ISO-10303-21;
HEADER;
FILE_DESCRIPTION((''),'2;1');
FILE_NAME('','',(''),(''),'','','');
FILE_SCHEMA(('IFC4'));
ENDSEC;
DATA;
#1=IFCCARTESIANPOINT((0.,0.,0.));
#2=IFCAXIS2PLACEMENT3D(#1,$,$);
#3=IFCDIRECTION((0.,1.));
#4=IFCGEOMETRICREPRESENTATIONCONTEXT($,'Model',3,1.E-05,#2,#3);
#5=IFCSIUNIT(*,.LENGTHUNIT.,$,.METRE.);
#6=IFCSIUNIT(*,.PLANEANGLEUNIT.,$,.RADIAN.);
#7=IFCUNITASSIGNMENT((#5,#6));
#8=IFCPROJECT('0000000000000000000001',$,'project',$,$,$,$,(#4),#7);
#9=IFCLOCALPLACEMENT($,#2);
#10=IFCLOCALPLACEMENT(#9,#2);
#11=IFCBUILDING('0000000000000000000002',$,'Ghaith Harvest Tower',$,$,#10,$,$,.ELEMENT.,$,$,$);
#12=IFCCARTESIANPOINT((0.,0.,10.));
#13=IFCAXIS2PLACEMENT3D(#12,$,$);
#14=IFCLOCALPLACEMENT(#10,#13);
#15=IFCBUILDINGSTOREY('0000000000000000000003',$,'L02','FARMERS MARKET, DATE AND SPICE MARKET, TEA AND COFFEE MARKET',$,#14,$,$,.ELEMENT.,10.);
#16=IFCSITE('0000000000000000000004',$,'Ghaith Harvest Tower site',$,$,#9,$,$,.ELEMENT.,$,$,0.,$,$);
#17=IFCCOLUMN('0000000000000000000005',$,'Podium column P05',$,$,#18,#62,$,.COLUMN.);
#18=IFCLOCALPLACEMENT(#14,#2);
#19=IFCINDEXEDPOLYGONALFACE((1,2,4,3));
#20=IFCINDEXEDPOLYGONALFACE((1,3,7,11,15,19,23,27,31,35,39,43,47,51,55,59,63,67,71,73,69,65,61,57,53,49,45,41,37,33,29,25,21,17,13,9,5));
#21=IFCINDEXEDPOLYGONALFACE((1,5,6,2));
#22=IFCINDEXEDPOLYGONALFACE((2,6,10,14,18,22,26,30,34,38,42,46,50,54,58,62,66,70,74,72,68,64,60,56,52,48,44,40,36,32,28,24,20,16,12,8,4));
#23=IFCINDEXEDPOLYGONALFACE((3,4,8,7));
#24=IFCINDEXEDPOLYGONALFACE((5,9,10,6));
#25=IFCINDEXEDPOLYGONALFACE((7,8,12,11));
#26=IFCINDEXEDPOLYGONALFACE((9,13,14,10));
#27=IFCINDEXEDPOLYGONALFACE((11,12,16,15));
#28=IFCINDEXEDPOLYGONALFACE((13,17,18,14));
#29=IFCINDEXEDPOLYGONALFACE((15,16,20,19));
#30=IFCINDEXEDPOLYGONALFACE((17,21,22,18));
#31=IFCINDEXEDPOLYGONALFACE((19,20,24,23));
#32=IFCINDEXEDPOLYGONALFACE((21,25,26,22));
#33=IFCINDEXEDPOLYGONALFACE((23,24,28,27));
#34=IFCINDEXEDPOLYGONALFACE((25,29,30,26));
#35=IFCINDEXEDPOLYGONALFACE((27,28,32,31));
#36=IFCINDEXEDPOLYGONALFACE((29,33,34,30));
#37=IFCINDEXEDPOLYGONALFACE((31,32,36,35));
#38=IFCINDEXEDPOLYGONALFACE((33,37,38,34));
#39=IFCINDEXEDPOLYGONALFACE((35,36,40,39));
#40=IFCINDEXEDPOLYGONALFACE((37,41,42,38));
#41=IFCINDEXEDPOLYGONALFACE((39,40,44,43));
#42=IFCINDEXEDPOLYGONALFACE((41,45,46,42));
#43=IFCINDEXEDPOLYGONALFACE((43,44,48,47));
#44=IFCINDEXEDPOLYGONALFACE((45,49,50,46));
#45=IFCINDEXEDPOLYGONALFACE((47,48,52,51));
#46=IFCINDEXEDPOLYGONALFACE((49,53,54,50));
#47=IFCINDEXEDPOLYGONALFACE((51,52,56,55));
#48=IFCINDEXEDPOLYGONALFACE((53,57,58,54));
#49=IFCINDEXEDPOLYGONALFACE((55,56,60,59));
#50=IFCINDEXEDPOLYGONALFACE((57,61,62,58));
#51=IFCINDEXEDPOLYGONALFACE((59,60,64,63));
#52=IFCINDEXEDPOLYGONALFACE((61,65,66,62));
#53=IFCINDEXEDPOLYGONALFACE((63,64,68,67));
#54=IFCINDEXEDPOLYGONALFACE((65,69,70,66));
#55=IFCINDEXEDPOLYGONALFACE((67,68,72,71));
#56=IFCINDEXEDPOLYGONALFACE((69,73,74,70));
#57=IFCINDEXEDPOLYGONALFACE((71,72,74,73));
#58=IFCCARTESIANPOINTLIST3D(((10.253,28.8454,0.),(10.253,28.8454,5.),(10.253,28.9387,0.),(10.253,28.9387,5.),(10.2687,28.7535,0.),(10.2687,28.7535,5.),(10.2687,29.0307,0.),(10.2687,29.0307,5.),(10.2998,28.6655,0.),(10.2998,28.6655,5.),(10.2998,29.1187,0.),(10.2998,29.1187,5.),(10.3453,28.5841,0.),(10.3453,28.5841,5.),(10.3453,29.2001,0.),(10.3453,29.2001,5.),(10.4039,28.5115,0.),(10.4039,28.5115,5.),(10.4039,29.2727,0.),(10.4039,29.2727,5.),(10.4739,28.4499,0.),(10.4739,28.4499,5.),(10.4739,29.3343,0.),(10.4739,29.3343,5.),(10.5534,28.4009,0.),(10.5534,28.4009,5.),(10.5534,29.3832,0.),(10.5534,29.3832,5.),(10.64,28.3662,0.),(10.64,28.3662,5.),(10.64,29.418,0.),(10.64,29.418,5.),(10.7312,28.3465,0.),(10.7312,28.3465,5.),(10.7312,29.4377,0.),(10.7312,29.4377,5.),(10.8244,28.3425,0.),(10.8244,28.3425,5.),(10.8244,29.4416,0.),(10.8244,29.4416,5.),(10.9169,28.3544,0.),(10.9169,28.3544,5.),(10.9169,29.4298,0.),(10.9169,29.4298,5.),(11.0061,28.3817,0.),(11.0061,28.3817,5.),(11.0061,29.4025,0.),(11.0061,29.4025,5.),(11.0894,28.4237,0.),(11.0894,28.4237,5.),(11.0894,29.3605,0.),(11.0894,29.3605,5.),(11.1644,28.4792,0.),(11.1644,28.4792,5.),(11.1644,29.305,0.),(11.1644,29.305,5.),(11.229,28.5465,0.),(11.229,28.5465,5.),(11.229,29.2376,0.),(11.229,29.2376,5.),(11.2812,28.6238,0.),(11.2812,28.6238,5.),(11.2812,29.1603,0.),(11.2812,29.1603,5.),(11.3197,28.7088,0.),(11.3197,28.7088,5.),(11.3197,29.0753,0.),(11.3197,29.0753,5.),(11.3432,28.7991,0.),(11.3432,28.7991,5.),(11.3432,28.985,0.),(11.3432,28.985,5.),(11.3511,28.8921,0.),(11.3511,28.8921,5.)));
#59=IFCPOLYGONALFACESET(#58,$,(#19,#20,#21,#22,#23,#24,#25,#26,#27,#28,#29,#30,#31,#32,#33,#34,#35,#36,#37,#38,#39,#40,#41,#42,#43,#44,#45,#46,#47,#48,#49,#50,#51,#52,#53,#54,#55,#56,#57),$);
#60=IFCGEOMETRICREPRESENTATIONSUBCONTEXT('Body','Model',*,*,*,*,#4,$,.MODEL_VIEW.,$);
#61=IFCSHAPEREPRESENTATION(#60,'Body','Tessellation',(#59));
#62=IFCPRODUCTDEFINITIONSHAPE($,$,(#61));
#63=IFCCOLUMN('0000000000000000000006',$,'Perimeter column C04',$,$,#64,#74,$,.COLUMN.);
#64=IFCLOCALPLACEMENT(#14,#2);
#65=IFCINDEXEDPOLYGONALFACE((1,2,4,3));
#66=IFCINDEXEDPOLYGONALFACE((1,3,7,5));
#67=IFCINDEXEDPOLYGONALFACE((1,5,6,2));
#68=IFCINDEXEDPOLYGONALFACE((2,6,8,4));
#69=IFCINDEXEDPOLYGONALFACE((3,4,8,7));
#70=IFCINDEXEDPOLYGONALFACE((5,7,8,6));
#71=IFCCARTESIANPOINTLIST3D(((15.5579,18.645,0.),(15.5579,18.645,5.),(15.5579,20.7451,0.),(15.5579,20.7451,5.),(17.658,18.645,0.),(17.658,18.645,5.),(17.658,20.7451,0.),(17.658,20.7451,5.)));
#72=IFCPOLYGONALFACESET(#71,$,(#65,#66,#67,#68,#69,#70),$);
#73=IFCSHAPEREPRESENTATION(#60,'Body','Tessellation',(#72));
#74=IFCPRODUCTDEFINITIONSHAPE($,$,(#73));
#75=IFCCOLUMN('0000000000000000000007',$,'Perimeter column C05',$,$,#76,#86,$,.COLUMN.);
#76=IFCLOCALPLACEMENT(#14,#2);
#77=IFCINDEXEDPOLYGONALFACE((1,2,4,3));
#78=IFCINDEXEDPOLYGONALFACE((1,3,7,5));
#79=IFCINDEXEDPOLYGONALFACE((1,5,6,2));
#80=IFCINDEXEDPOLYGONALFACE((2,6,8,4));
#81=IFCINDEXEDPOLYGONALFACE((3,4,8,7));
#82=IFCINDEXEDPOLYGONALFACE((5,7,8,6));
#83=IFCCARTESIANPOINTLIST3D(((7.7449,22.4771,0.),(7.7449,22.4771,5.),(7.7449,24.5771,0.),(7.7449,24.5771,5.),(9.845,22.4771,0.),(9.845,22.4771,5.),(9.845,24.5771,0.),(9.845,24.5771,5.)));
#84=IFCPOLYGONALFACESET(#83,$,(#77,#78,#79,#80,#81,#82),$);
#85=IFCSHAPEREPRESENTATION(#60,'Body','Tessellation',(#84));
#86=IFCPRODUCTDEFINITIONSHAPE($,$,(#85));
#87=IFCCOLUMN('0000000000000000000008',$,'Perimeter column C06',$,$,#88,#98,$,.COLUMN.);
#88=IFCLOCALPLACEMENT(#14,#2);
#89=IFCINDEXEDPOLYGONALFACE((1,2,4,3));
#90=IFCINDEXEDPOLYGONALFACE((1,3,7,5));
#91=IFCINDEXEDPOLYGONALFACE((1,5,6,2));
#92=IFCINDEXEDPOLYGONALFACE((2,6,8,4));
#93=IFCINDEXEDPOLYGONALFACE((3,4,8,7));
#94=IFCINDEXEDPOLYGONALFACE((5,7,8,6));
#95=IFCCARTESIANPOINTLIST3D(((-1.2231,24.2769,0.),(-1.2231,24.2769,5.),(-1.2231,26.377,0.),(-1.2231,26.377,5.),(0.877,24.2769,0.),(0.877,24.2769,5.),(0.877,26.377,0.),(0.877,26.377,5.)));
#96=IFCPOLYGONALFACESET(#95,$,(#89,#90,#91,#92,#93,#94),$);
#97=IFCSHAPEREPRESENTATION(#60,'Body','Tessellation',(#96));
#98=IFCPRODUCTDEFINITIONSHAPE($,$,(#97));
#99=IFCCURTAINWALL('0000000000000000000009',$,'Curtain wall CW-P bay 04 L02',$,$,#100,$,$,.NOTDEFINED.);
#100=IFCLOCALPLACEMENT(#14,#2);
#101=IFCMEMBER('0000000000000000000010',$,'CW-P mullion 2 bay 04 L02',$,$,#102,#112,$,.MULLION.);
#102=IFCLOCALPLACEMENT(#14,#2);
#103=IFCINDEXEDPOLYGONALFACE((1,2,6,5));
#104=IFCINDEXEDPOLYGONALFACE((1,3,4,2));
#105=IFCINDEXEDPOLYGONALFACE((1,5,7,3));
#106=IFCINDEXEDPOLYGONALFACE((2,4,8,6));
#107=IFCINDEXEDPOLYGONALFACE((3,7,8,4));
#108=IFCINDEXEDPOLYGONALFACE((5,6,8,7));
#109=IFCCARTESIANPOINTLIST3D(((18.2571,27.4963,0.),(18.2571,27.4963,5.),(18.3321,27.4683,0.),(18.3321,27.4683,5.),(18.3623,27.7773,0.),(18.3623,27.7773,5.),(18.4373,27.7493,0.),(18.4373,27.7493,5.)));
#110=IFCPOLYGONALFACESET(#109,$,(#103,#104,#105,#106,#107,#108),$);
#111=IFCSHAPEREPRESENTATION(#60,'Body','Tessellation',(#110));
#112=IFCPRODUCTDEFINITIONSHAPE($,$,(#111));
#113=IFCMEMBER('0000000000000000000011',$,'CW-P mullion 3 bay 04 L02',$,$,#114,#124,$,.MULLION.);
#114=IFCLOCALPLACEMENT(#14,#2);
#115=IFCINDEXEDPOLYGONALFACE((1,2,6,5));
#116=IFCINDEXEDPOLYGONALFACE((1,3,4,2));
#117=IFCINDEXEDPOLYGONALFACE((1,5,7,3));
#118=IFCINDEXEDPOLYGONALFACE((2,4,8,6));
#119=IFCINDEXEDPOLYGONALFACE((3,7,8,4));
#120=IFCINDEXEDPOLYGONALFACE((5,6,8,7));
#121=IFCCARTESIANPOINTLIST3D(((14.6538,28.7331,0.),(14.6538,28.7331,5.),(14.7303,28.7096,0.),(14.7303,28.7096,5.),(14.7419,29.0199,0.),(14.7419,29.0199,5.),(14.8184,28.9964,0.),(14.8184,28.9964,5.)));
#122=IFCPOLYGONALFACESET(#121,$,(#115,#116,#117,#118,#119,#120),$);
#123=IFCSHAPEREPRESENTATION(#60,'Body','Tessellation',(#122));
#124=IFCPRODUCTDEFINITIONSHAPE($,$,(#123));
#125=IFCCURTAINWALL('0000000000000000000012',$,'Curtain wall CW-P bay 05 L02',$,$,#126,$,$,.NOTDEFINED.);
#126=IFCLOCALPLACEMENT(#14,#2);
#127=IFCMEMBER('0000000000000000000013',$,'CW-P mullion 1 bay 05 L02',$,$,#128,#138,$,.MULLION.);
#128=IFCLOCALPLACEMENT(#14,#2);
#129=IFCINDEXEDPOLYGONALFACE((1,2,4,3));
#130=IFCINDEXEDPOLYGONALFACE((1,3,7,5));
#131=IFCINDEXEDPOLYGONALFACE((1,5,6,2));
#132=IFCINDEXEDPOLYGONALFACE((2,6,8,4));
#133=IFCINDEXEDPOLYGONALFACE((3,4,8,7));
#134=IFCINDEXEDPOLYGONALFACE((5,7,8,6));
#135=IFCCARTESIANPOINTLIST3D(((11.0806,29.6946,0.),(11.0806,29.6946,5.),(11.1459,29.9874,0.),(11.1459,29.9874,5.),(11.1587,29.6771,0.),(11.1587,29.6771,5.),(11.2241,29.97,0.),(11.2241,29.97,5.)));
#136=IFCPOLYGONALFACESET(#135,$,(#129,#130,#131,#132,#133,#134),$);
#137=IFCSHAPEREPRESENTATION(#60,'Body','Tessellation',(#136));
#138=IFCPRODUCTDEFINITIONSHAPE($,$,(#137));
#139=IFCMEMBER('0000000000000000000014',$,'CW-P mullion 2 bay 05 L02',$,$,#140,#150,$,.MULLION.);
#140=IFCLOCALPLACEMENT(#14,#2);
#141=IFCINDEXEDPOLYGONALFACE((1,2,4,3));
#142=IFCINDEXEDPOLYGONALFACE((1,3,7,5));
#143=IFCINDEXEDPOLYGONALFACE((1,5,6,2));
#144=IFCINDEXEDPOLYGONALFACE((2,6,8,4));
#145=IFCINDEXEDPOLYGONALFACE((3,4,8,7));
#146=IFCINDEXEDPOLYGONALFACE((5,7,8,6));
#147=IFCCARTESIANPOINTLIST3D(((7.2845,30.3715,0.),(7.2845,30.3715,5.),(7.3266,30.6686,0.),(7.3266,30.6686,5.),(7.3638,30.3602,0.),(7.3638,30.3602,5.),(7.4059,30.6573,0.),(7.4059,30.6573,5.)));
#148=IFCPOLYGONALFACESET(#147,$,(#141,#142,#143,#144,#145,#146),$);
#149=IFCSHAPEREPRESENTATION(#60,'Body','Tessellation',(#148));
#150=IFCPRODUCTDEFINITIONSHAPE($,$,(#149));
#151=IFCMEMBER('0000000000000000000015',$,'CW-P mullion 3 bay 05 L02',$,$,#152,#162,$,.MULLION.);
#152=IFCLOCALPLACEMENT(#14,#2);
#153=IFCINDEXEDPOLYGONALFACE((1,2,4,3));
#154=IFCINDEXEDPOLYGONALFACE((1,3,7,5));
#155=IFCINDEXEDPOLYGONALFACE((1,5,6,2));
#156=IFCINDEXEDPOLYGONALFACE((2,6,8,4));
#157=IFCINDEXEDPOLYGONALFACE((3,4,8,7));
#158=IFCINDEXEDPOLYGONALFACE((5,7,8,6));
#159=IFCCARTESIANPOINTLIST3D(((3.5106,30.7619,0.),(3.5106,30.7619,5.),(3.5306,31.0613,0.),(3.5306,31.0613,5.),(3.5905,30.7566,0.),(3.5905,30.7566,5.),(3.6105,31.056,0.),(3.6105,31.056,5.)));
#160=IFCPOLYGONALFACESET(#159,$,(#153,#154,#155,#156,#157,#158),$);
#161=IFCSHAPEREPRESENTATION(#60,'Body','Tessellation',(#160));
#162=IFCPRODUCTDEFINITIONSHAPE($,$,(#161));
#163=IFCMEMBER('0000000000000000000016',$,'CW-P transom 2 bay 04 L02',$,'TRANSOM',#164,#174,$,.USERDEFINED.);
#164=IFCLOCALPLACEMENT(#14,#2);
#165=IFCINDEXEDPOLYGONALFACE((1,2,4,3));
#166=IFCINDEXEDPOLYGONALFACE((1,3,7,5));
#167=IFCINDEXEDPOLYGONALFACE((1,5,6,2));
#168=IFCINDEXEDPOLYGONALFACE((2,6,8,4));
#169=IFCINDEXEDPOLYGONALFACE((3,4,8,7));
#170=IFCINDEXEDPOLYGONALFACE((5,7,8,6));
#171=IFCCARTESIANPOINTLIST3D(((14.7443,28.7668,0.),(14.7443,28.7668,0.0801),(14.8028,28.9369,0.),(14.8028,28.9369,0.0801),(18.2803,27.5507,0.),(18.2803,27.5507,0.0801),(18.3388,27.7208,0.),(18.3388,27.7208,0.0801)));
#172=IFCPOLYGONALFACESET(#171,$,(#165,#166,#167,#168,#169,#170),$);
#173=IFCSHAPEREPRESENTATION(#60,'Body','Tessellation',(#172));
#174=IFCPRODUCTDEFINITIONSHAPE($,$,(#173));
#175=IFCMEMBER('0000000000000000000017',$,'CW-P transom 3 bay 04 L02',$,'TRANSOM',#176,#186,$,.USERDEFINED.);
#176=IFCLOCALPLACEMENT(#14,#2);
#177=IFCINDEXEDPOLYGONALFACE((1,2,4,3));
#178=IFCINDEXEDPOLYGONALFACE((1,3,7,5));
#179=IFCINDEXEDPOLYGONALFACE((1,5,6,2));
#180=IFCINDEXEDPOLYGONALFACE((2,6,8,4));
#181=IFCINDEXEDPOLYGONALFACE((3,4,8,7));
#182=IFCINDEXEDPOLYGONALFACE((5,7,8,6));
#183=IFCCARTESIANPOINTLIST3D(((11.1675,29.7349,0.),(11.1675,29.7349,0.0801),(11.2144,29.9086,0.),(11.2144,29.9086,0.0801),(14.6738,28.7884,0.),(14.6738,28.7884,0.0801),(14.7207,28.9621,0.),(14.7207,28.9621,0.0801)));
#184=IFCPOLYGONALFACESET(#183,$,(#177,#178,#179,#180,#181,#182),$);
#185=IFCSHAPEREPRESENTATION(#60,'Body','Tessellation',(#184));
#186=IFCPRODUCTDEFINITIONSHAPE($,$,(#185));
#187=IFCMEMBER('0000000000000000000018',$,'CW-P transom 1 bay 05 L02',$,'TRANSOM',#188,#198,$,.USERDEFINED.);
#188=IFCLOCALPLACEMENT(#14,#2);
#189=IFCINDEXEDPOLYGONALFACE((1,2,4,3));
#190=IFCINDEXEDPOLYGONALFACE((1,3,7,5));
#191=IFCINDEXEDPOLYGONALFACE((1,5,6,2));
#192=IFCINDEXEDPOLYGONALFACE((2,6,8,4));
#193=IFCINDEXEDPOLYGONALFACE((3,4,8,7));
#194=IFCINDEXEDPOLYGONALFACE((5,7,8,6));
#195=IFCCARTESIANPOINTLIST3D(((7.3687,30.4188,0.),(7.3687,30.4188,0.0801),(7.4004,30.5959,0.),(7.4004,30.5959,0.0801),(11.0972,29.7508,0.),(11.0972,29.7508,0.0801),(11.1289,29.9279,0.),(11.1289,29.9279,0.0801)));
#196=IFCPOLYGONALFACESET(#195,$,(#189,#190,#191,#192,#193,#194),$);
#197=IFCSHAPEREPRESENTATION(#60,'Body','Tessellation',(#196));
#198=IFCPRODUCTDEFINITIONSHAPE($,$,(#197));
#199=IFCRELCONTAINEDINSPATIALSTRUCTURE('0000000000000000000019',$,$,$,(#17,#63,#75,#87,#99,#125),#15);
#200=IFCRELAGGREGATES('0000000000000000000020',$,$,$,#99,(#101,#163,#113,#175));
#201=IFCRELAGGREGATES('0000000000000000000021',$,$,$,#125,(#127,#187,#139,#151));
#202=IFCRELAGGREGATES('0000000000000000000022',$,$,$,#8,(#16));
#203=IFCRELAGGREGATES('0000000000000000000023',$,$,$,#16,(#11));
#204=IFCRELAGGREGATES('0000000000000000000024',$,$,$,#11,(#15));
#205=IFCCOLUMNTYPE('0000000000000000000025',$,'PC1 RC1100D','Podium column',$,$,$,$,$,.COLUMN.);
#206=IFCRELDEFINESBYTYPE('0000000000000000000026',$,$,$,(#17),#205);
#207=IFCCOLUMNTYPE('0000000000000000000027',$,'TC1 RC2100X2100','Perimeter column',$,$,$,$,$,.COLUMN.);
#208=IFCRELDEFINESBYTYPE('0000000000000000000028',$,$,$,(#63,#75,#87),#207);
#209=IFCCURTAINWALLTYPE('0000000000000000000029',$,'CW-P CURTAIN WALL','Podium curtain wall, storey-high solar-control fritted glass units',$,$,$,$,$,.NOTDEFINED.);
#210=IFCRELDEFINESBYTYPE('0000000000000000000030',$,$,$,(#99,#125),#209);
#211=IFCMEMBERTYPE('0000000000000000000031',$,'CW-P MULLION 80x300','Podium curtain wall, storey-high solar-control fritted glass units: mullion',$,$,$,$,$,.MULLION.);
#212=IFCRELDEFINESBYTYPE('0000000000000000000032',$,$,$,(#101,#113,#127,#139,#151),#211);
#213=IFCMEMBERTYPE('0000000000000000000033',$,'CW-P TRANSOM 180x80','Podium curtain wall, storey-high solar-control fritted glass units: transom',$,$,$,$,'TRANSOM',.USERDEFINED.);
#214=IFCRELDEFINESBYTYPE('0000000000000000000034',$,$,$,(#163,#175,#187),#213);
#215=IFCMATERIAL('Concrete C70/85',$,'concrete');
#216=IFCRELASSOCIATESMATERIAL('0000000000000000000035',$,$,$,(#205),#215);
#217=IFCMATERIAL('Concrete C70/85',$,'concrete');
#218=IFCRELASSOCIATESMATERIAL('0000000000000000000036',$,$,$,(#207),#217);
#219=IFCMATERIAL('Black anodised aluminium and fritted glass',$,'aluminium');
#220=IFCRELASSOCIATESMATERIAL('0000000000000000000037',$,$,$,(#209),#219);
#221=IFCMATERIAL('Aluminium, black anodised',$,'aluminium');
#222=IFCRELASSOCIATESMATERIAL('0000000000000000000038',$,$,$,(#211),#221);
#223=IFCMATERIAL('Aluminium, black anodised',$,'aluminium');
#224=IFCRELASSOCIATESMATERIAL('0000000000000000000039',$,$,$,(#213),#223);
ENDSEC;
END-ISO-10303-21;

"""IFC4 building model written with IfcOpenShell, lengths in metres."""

from ifc_helpers import new_model, si_unit, direction, frame, origin, origin_2d, place, context, subcontext, project, spatial, rectangle, circle, extrude, material, material_profile, profile_set, type_object, element, aggregate, save


model = new_model("IFC4")

# Units and contexts
model_context = context("Model", 3, precision=1e-05, world=origin(), true_north=direction((0.0, 1.0)))
body_context = subcontext(model_context, "Body", "Model", "MODEL_VIEW")
ifc_project = project(units=[si_unit("LENGTHUNIT", "METRE"), si_unit("PLANEANGLEUNIT", "RADIAN")], contexts=[model_context])

# Site, building, storey
site_placement = place(None, origin())
site = spatial("IfcSite", under=ifc_project, at=site_placement, Name="Ghaith Harvest Tower site", CompositionType="ELEMENT", RefElevation=0.0)
building_placement = place(site_placement, origin())
building = spatial("IfcBuilding", under=site, at=building_placement, Name="Ghaith Harvest Tower", CompositionType="ELEMENT")
storey_placement = place(building_placement, frame((0.0, 0.0, 10.0)))
storey = spatial("IfcBuildingStorey", under=building, at=storey_placement, Name="L02", Description="FARMERS MARKET, DATE AND SPICE MARKET, TEA AND COFFEE MARKET", CompositionType="ELEMENT", Elevation=10.0)

# Columns
ifc_material_1 = material(Name="Concrete C70/85", Category="concrete")
ifc_material_profile_1 = material_profile(ifc_material_1, circle(Radius=0.55, at=origin_2d()), Name="RC1100D")
ifc_profile_set_1 = profile_set([ifc_material_profile_1], Name="Concrete C70/85")
column_type_1 = type_object("IfcColumnType", Name="PC1 RC1100D", Description="Podium column", PredefinedType="COLUMN", material=ifc_profile_set_1)
column_placement = place(storey_placement, frame((10.801, 28.8921, 0.0), z_axis=(0.0, 0.0, 1.0), x_axis=(1.0, 0.0, 0.0)))
element("IfcColumn", 1, at=column_placement, inside=storey, type_object=column_type_1, Name="Podium column P05", PredefinedType="COLUMN", context=body_context, shape_type="SweptSolid", body=[
    extrude(circle(Radius=0.55, at=origin_2d()), origin(), (0.0, 0.0, 1.0), 5.0),
])
ifc_material_2 = material(Name="Concrete C70/85", Category="concrete")
ifc_material_profile_2 = material_profile(ifc_material_2, rectangle(XDim=2.1001, YDim=2.1001, at=origin_2d()), Name="RC2100X2100")
ifc_profile_set_2 = profile_set([ifc_material_profile_2], Name="Concrete C70/85")
column_type_2 = type_object("IfcColumnType", Name="TC1 RC2100X2100", Description="Perimeter column", PredefinedType="COLUMN", material=ifc_profile_set_2)
for number, where, z_axis, x_axis, name in (
    (2, (16.6079, 19.6951, 0.0), (0.0, 0.0, 1.0), (1.0, 0.0, 0.0), "Perimeter column C04"),
    (3, (8.7949, 23.5271, 0.0), (0.0, 0.0, 1.0), (1.0, 0.0, 0.0), "Perimeter column C05"),
    (4, (-0.1731, 25.3269, 0.0), (0.0, 0.0, 1.0), (1.0, 0.0, 0.0), "Perimeter column C06"),
):
    element("IfcColumn", number, at=place(storey_placement, frame(where, z_axis=z_axis, x_axis=x_axis)), inside=storey, type_object=column_type_2, Name=name, PredefinedType="COLUMN", context=body_context, shape_type="SweptSolid", body=[
        extrude(rectangle(XDim=2.1001, YDim=2.1001, at=origin_2d()), origin(), (0.0, 0.0, 1.0), 5.0),
    ])

# Curtain walls, members
ifc_material_3 = material(Name="Black anodised aluminium and fritted glass", Category="aluminium")
curtain_wall_type = type_object("IfcCurtainWallType", Name="CW-P CURTAIN WALL", Description="Podium curtain wall, storey-high solar-control fritted glass units", PredefinedType="NOTDEFINED", material=ifc_material_3)
curtain_wall_1_placement = place(storey_placement, origin())
curtain_wall_1 = element("IfcCurtainWall", 5, at=curtain_wall_1_placement, inside=storey, type_object=curtain_wall_type, Name="Curtain wall CW-P bay 04 L02", PredefinedType="NOTDEFINED")
ifc_material_4 = material(Name="Aluminium, black anodised", Category="aluminium")
ifc_material_profile_3 = material_profile(ifc_material_4, rectangle(XDim=0.0801, YDim=0.3, at=origin_2d()), Name="CW-P MULLION 80x300")
ifc_profile_set_3 = profile_set([ifc_material_profile_3], Name="Aluminium, black anodised")
member_type_1 = type_object("IfcMemberType", Name="CW-P MULLION 80x300", Description="Podium curtain wall, storey-high solar-control fritted glass units: mullion", PredefinedType="MULLION", material=ifc_profile_set_3)
member_1_placement = place(storey_placement, frame((18.3472, 27.6228, 0.0), z_axis=(0.0, 0.0, 1.0), x_axis=(-0.936543, 0.350552, 0.0)))
member_1 = element("IfcMember", 6, at=member_1_placement, type_object=member_type_1, Name="CW-P mullion 2 bay 04 L02", PredefinedType="MULLION", context=body_context, shape_type="SweptSolid", body=[
    extrude(rectangle(XDim=0.0801, YDim=0.3, at=origin_2d()), origin(), (0.0, 0.0, 1.0), 5.0),
])
member_2_placement = place(storey_placement, frame((14.7361, 28.8647, 0.0), z_axis=(0.0, 0.0, 1.0), x_axis=(-0.95594, 0.293562, 0.0)))
member_2 = element("IfcMember", 7, at=member_2_placement, type_object=member_type_1, Name="CW-P mullion 3 bay 04 L02", PredefinedType="MULLION", context=body_context, shape_type="SweptSolid", body=[
    extrude(rectangle(XDim=0.0801, YDim=0.3, at=origin_2d()), origin(), (0.0, 0.0, 1.0), 5.0),
])
curtain_wall_2_placement = place(storey_placement, origin())
curtain_wall_2 = element("IfcCurtainWall", 8, at=curtain_wall_2_placement, inside=storey, type_object=curtain_wall_type, Name="Curtain wall CW-P bay 05 L02", PredefinedType="NOTDEFINED")
member_3_placement = place(storey_placement, frame((11.1523, 29.8323, 0.0), z_axis=(0.0, 0.0, 1.0), x_axis=(-0.975988, 0.217824, 0.0)))
member_3 = element("IfcMember", 9, at=member_3_placement, type_object=member_type_1, Name="CW-P mullion 1 bay 05 L02", PredefinedType="MULLION", context=body_context, shape_type="SweptSolid", body=[
    extrude(rectangle(XDim=0.0801, YDim=0.3, at=origin_2d()), origin(), (0.0, 0.0, 1.0), 5.0),
])
member_4_placement = place(storey_placement, frame((7.3452, 30.5144, 0.0), z_axis=(0.0, 0.0, 1.0), x_axis=(-0.99009, 0.140434, 0.0)))
member_4 = element("IfcMember", 10, at=member_4_placement, type_object=member_type_1, Name="CW-P mullion 2 bay 05 L02", PredefinedType="MULLION", context=body_context, shape_type="SweptSolid", body=[
    extrude(rectangle(XDim=0.0801, YDim=0.3, at=origin_2d()), origin(), (0.0, 0.0, 1.0), 5.0),
])
member_5_placement = place(storey_placement, frame((3.5605, 30.9089, 0.0), z_axis=(0.0, 0.0, 1.0), x_axis=(-0.997772, 0.066716, 0.0)))
member_5 = element("IfcMember", 11, at=member_5_placement, type_object=member_type_1, Name="CW-P mullion 3 bay 05 L02", PredefinedType="MULLION", context=body_context, shape_type="SweptSolid", body=[
    extrude(rectangle(XDim=0.0801, YDim=0.3, at=origin_2d()), origin(), (0.0, 0.0, 1.0), 5.0),
])

# Members
ifc_material_5 = material(Name="Aluminium, black anodised", Category="aluminium")
ifc_material_profile_4 = material_profile(ifc_material_5, rectangle(XDim=0.1799, YDim=0.0801, at=origin_2d()), Name="CW-P TRANSOM 180x80")
ifc_profile_set_4 = profile_set([ifc_material_profile_4], Name="Aluminium, black anodised")
member_type_2 = type_object("IfcMemberType", Name="CW-P TRANSOM 180x80", Description="Podium curtain wall, storey-high solar-control fritted glass units: transom", ElementType="TRANSOM", PredefinedType="USERDEFINED", material=ifc_profile_set_4)
member_6_placement = place(storey_placement, frame((18.3096, 27.6357, 0.04), z_axis=(-0.945637, 0.325224, 0.0), x_axis=(-0.325224, -0.945637, 0.0)))
member_6 = element("IfcMember", 12, at=member_6_placement, type_object=member_type_2, Name="CW-P transom 2 bay 04 L02", ObjectType="TRANSOM", PredefinedType="USERDEFINED", context=body_context, shape_type="SweptSolid", body=[
    extrude(rectangle(XDim=0.1799, YDim=0.0801, at=origin_2d()), origin(), (0.0, 0.0, 1.0), 3.7393),
])
member_7_placement = place(storey_placement, frame((14.6973, 28.8752, 0.04), z_axis=(-0.965442, 0.260619, 0.0), x_axis=(-0.260619, -0.965442, 0.0)))
member_7 = element("IfcMember", 13, at=member_7_placement, type_object=member_type_2, Name="CW-P transom 3 bay 04 L02", ObjectType="TRANSOM", PredefinedType="USERDEFINED", context=body_context, shape_type="SweptSolid", body=[
    extrude(rectangle(XDim=0.1799, YDim=0.0801, at=origin_2d()), origin(), (0.0, 0.0, 1.0), 3.6318),
])
member_8_placement = place(storey_placement, frame((11.113, 29.8394, 0.04), z_axis=(-0.984329, 0.176344, 0.0), x_axis=(-0.176344, -0.984329, 0.0)))
member_8 = element("IfcMember", 14, at=member_8_placement, type_object=member_type_2, Name="CW-P transom 1 bay 05 L02", ObjectType="TRANSOM", PredefinedType="USERDEFINED", context=body_context, shape_type="SweptSolid", body=[
    extrude(rectangle(XDim=0.1799, YDim=0.0801, at=origin_2d()), origin(), (0.0, 0.0, 1.0), 3.7878),
])

aggregate(curtain_wall_1, [member_1, member_6, member_2, member_7])
aggregate(curtain_wall_2, [member_3, member_8, member_4, member_5])

save(model, "model.ifc")
